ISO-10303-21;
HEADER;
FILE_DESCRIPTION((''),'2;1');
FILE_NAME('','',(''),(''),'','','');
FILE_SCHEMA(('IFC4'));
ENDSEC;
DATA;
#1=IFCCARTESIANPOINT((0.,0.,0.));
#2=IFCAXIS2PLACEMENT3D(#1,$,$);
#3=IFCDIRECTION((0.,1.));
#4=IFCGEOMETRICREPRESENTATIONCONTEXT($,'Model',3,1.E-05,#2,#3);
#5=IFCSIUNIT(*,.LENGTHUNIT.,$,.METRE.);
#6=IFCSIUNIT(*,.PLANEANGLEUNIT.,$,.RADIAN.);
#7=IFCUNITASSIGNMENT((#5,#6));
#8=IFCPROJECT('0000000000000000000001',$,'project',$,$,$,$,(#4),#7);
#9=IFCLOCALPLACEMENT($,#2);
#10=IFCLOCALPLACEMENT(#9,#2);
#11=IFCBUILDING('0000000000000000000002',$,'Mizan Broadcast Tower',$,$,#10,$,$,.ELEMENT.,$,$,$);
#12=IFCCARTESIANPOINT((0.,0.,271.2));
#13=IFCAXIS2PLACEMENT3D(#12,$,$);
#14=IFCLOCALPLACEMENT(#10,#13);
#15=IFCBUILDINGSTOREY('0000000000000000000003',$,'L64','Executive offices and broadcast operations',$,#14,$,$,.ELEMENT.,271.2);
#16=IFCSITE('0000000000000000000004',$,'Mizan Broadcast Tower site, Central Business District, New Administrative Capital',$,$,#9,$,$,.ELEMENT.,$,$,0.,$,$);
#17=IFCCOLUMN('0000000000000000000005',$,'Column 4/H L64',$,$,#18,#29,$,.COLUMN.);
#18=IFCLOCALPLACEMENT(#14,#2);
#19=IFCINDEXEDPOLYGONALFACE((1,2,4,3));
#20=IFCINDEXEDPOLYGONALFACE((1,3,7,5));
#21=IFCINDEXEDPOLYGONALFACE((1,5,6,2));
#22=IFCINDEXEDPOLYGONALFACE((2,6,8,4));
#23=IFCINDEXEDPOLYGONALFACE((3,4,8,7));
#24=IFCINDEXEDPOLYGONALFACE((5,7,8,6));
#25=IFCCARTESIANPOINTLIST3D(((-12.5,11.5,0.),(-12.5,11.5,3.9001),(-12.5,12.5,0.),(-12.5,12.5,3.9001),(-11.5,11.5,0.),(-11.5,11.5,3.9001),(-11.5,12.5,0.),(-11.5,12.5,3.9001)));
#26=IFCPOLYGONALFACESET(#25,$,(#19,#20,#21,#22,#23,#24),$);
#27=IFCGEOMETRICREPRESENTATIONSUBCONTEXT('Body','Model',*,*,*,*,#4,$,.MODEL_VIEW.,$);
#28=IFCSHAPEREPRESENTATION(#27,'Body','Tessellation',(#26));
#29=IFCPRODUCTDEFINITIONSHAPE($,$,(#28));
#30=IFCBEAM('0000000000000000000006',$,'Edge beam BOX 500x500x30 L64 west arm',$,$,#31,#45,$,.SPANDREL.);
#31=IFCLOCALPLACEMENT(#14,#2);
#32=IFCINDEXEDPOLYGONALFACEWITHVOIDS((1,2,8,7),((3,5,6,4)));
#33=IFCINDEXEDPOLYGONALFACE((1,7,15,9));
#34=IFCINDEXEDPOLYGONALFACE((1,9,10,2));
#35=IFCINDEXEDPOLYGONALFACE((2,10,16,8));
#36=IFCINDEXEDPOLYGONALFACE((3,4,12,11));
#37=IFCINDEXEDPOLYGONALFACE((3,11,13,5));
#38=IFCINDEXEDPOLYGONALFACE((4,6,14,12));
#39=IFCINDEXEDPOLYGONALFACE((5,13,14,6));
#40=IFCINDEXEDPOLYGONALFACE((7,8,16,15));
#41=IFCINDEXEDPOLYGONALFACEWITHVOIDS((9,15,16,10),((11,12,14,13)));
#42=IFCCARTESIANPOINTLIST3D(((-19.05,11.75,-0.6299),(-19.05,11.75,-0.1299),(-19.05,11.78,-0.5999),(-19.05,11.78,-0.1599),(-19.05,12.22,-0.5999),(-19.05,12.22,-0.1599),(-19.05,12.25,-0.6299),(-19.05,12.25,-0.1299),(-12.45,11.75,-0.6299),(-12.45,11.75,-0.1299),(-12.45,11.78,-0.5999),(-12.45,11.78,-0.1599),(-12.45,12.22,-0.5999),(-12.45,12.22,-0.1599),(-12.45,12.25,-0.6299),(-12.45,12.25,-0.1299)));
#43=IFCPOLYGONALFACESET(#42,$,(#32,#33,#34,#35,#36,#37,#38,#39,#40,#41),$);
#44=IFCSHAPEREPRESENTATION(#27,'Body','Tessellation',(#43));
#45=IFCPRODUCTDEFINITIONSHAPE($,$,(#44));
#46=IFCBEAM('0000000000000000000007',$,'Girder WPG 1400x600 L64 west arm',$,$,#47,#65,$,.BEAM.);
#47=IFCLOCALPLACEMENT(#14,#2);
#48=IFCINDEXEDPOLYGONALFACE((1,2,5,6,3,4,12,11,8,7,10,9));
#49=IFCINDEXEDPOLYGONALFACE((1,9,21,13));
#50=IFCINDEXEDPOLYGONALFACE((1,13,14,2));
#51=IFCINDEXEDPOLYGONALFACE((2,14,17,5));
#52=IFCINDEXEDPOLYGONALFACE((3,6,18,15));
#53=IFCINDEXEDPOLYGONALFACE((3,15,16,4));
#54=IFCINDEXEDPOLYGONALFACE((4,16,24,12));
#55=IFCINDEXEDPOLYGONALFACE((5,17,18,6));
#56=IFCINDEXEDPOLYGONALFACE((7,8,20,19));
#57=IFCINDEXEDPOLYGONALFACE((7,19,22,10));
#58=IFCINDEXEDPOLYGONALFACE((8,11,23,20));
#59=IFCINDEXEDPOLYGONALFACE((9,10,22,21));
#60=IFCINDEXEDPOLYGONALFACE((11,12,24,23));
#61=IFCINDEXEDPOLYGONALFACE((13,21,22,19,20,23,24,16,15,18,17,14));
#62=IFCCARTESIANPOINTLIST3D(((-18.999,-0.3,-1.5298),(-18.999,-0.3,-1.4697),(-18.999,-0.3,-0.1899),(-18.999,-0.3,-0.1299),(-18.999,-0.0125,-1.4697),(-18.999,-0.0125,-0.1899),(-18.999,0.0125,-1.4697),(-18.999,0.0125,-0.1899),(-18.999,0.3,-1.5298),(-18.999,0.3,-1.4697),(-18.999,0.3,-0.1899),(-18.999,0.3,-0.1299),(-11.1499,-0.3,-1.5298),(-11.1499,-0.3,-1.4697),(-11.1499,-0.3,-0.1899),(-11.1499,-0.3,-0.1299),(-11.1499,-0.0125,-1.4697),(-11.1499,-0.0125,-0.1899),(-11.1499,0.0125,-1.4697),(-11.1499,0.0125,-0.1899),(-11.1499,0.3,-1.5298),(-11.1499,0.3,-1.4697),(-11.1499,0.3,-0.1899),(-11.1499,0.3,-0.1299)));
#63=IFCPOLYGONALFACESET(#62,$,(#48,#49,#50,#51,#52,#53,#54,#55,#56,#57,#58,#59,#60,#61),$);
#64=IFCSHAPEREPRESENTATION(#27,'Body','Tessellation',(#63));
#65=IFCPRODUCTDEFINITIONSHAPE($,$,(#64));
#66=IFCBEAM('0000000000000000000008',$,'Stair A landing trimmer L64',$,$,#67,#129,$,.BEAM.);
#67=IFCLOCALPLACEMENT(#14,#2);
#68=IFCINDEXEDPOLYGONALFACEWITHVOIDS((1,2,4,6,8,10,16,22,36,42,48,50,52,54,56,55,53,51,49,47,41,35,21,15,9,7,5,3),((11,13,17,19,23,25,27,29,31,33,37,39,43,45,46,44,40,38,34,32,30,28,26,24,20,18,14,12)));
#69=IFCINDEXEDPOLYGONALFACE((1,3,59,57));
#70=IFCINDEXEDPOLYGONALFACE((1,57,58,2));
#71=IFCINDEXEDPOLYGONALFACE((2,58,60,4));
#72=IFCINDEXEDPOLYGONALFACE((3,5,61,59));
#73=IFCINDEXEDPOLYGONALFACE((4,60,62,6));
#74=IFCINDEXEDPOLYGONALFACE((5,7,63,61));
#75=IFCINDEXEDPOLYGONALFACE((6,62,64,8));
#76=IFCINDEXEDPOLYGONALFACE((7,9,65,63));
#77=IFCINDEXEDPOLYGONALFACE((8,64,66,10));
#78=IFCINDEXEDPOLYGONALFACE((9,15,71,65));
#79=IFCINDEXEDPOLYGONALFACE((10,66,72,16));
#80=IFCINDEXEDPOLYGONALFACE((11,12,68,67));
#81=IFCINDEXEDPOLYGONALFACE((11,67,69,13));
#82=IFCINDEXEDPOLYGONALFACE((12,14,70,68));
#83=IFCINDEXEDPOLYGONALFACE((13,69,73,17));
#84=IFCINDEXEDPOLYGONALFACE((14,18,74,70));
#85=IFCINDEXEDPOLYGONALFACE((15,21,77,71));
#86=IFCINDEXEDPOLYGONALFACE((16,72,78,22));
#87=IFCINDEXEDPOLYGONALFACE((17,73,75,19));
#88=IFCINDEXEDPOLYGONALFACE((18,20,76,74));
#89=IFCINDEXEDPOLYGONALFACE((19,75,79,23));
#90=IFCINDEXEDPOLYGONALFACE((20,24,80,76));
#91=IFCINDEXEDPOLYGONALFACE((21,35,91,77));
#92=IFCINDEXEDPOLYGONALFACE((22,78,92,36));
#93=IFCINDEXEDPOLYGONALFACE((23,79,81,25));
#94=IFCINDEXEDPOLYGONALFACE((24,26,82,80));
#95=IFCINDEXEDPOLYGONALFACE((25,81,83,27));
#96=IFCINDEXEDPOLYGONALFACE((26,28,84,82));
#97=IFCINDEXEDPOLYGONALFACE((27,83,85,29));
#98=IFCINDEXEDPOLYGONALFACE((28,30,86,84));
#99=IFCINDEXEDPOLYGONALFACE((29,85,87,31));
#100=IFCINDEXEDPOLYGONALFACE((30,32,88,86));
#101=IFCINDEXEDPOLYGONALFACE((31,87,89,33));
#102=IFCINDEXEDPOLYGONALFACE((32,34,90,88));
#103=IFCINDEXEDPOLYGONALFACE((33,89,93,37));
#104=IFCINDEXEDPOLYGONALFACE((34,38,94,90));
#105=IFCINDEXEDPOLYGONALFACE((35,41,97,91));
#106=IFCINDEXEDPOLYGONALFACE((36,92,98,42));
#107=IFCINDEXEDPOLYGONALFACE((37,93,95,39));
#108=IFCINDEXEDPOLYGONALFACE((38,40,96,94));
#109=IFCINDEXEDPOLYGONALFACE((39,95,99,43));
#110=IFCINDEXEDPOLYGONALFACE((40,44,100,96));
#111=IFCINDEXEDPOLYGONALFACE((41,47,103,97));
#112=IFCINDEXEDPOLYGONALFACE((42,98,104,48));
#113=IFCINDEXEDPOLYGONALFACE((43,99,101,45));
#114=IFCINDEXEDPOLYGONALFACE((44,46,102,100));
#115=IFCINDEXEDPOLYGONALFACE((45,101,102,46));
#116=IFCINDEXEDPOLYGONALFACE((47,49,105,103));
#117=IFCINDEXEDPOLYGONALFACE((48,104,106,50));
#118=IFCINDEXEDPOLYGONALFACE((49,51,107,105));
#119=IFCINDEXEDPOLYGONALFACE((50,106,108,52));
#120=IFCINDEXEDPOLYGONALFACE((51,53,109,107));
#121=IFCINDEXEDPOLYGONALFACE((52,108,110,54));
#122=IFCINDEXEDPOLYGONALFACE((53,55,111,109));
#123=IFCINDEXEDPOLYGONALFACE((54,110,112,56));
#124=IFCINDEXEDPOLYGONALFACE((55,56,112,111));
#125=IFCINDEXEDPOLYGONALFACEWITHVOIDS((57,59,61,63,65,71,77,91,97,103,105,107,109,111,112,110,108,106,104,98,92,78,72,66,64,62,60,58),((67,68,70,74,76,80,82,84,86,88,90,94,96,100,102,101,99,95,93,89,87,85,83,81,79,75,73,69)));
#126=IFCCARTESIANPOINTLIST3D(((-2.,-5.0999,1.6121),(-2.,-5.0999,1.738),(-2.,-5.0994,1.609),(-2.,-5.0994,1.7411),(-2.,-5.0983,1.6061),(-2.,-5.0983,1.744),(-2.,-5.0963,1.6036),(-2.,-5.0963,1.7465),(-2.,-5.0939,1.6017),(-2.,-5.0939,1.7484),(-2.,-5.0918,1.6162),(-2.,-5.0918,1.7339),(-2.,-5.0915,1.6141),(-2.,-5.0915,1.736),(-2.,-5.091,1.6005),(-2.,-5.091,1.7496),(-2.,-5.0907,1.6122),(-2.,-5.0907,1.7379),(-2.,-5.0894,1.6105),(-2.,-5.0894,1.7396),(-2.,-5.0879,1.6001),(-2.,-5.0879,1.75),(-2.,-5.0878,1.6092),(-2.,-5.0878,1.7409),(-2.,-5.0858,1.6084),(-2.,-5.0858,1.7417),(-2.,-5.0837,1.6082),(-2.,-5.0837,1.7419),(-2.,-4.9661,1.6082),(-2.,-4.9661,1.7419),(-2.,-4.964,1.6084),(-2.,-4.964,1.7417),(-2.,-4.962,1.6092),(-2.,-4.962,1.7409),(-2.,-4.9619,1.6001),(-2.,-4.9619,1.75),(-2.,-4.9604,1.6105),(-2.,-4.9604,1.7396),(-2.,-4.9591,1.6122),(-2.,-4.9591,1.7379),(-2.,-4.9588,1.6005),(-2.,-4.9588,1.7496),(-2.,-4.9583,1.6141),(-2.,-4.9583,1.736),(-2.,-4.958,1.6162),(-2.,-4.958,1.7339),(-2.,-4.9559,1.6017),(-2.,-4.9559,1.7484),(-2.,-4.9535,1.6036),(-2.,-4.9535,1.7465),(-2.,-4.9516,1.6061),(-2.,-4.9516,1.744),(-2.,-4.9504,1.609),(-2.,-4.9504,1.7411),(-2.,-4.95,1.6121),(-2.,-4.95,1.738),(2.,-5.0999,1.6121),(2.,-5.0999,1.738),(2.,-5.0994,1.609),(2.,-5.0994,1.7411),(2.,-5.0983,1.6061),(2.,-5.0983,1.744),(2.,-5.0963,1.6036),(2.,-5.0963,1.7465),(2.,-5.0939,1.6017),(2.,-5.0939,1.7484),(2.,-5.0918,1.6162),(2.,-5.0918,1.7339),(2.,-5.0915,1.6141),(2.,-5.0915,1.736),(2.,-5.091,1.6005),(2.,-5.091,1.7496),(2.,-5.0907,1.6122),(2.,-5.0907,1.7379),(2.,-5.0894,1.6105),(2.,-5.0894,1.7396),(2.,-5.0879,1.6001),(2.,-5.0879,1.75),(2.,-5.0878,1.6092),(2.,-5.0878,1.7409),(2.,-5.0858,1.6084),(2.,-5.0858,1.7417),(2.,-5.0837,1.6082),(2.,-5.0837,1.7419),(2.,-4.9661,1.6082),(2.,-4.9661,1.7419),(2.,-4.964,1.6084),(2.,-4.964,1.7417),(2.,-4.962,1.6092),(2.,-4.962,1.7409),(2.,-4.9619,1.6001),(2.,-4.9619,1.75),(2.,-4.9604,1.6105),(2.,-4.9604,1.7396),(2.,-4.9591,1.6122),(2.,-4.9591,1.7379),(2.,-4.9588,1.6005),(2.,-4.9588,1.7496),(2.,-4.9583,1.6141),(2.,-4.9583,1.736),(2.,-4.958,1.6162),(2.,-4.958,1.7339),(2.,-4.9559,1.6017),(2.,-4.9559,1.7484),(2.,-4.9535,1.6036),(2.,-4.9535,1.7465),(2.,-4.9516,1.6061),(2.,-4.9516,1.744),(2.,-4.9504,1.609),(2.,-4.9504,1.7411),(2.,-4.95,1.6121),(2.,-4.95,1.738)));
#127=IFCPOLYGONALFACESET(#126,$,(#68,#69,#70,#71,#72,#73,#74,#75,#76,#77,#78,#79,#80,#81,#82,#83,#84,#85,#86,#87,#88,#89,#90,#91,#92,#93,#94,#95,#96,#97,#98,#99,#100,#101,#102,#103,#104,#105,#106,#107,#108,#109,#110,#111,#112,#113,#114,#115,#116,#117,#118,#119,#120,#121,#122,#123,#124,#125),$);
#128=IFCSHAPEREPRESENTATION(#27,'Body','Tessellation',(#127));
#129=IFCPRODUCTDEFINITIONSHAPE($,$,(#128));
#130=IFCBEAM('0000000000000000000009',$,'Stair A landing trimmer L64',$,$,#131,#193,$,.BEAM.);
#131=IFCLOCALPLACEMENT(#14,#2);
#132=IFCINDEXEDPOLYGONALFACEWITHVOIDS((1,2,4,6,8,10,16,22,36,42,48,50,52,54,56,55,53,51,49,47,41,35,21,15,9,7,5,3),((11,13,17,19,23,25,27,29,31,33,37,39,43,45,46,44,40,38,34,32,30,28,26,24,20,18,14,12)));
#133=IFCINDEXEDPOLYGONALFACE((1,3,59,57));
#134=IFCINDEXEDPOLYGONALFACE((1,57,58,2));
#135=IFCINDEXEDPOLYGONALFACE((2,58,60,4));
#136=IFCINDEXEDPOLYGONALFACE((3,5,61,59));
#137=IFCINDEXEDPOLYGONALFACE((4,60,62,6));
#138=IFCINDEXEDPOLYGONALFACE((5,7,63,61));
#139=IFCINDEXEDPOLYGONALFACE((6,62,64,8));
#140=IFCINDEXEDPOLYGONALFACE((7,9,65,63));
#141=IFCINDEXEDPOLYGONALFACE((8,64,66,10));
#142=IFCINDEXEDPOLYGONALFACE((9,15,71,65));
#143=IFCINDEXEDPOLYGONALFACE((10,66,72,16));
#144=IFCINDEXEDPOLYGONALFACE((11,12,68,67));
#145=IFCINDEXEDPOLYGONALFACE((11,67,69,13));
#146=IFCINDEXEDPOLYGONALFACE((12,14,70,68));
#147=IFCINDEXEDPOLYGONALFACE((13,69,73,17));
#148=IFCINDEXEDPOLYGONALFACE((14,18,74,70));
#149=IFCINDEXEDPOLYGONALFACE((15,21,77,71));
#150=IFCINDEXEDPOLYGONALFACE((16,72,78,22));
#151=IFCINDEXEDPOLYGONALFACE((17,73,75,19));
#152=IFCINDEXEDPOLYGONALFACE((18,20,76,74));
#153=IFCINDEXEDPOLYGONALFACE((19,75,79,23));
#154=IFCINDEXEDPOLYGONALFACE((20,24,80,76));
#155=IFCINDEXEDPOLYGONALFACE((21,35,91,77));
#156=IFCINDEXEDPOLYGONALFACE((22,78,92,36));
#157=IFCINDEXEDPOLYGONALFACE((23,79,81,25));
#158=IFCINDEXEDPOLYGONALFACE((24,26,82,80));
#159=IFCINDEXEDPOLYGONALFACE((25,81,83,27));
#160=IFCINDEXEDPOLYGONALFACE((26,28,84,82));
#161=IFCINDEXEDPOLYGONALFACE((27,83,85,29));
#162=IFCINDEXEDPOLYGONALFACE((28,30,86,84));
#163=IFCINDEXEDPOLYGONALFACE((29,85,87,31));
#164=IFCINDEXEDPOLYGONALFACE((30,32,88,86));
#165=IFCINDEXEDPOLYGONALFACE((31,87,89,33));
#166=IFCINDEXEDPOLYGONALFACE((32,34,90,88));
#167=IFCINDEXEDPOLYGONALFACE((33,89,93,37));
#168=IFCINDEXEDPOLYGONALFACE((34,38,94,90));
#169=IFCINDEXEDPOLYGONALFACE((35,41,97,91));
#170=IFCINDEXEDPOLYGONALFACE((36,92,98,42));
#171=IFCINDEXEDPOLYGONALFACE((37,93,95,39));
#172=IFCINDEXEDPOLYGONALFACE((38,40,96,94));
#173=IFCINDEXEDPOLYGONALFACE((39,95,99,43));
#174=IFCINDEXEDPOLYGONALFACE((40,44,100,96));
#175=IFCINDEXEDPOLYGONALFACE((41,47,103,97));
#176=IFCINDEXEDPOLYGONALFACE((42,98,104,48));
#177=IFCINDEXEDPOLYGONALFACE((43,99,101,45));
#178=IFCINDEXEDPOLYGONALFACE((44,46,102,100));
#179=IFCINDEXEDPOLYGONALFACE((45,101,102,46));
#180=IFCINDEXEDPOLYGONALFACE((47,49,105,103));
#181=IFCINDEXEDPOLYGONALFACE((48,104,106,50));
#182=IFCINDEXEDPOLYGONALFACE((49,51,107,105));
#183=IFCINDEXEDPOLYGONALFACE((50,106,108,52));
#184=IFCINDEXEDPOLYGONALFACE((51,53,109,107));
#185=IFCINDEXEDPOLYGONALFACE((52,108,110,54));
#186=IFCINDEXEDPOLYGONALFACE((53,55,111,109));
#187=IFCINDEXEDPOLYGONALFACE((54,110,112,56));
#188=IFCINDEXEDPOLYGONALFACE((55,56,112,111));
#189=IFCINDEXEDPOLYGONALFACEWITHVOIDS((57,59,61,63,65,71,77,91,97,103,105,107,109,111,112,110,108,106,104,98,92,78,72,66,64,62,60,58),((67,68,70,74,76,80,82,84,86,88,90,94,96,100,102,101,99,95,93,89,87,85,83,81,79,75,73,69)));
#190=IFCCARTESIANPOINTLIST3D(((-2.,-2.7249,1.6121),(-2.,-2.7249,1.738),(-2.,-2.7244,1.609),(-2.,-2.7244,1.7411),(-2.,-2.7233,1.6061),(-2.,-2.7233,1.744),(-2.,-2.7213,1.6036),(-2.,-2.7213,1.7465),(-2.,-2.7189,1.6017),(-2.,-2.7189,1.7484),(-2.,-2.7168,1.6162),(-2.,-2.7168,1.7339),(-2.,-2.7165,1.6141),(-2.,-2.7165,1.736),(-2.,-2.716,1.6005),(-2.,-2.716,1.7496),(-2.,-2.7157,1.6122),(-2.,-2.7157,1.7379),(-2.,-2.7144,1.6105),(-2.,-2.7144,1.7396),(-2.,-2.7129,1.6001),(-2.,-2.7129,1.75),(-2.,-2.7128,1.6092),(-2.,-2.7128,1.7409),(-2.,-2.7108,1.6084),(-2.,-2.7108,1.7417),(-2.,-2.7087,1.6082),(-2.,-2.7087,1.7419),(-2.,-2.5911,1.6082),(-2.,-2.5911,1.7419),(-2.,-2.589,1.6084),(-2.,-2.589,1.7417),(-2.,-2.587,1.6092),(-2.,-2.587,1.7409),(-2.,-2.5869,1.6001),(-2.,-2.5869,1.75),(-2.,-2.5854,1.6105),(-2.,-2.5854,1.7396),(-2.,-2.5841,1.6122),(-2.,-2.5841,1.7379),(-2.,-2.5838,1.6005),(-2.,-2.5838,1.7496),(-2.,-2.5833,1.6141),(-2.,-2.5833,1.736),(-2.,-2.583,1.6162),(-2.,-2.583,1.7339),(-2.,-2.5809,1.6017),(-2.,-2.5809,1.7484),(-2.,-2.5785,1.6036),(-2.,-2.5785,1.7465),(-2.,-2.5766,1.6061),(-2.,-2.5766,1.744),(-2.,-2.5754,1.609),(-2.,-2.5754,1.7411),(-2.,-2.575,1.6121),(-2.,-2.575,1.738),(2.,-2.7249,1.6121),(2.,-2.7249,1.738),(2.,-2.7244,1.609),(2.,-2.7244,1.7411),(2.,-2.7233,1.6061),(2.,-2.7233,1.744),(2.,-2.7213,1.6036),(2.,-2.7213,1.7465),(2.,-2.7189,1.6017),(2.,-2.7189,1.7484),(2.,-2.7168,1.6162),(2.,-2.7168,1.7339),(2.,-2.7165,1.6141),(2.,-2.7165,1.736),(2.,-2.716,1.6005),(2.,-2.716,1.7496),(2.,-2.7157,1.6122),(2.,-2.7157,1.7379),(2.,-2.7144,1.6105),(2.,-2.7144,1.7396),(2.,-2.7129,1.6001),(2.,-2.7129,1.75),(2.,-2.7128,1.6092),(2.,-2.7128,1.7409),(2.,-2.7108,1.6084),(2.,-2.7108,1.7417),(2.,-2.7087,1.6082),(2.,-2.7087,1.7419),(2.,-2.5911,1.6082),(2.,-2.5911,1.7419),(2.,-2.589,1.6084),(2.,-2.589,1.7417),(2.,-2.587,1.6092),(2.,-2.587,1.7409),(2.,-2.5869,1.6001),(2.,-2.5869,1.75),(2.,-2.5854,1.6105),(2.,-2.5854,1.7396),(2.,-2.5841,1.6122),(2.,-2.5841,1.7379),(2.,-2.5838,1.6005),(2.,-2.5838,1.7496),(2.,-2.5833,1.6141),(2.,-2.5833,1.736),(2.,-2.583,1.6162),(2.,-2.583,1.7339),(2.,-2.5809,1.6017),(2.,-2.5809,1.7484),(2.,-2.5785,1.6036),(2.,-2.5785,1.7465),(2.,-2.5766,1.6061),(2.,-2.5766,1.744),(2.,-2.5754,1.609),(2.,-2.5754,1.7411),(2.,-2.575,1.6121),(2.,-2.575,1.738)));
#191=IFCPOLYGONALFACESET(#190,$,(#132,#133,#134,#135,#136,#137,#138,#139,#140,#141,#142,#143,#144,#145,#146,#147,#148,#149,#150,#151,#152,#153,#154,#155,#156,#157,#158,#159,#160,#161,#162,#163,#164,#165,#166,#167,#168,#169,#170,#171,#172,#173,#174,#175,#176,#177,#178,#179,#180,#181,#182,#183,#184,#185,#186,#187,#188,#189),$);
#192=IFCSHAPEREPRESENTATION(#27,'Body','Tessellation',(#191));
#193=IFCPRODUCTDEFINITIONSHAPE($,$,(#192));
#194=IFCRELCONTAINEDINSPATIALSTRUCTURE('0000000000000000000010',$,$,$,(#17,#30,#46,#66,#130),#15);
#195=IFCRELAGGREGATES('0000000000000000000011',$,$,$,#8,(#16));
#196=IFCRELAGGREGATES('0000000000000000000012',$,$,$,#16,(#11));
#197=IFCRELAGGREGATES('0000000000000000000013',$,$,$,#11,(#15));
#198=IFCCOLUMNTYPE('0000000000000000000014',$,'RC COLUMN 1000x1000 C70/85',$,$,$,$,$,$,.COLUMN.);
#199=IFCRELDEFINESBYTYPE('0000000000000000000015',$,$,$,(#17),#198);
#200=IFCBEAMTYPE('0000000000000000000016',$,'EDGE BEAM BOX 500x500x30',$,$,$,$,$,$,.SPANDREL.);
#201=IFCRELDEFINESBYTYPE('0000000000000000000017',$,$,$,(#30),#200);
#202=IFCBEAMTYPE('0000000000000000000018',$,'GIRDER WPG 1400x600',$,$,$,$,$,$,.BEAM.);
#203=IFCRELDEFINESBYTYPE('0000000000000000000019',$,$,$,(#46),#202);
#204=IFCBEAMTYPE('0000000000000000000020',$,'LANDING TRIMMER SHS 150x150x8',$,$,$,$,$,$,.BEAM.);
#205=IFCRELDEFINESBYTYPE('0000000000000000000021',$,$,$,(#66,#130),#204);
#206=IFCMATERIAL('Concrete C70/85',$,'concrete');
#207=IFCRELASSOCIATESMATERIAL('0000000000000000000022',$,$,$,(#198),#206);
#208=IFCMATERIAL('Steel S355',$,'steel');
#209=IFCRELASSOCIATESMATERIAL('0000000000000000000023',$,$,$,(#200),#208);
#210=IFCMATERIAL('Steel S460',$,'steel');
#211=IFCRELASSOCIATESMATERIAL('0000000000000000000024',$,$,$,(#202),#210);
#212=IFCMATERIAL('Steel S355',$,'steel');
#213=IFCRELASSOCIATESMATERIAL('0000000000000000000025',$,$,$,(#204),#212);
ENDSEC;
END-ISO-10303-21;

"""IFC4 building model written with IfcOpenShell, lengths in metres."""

from ifc_helpers import new_model, si_unit, direction, frame, origin, origin_2d, place, context, subcontext, project, spatial, rectangle, hollow_rectangle, i_section, extrude, material, material_profile, profile_set, type_object, element, save


model = new_model("IFC4")

# Units and contexts
model_context = context("Model", 3, precision=1e-05, world=origin(), true_north=direction((0.0, 1.0)))
body_context = subcontext(model_context, "Body", "Model", "MODEL_VIEW")
ifc_project = project(units=[si_unit("LENGTHUNIT", "METRE"), si_unit("PLANEANGLEUNIT", "RADIAN")], contexts=[model_context])

# Site, building, storey
site_placement = place(None, origin())
site = spatial("IfcSite", under=ifc_project, at=site_placement, Name="Mizan Broadcast Tower site, Central Business District, New Administrative Capital", CompositionType="ELEMENT", RefElevation=0.0)
building_placement = place(site_placement, origin())
building = spatial("IfcBuilding", under=site, at=building_placement, Name="Mizan Broadcast Tower", CompositionType="ELEMENT")
storey_placement = place(building_placement, frame((0.0, 0.0, 271.2)))
storey = spatial("IfcBuildingStorey", under=building, at=storey_placement, Name="L64", Description="Executive offices and broadcast operations", CompositionType="ELEMENT", Elevation=271.2)

# Column
ifc_material_1 = material(Name="Concrete C70/85", Category="concrete")
ifc_material_profile_1 = material_profile(ifc_material_1, rectangle(XDim=1.0, YDim=1.0, at=origin_2d()), Name="RC 1000x1000")
ifc_profile_set_1 = profile_set([ifc_material_profile_1], Name="Concrete C70/85")
column_type = type_object("IfcColumnType", Name="RC COLUMN 1000x1000 C70/85", PredefinedType="COLUMN", material=ifc_profile_set_1)
column_placement = place(storey_placement, frame((-12.0, 12.0, 0.0), z_axis=(0.0, 0.0, 1.0), x_axis=(1.0, 0.0, 0.0)))
element("IfcColumn", 1, at=column_placement, inside=storey, type_object=column_type, Name="Column 4/H L64", PredefinedType="COLUMN", context=body_context, shape_type="SweptSolid", body=[
    extrude(rectangle(XDim=1.0, YDim=1.0, at=origin_2d()), origin(), (0.0, 0.0, 1.0), 3.9001),
])

# Beams
ifc_material_2 = material(Name="Steel S355", Category="steel")
ifc_material_profile_2 = material_profile(ifc_material_2, hollow_rectangle(XDim=0.5, YDim=0.5, WallThickness=0.03, at=origin_2d()), Name="BOX 500x500x30")
ifc_profile_set_2 = profile_set([ifc_material_profile_2], Name="Steel S355")
beam_type_1 = type_object("IfcBeamType", Name="EDGE BEAM BOX 500x500x30", PredefinedType="SPANDREL", material=ifc_profile_set_2)
beam_1_placement = place(storey_placement, frame((-12.45, 12.0, -0.3799), z_axis=(-1.0, 0.0, 0.0), x_axis=(0.0, -1.0, 0.0)))
element("IfcBeam", 2, at=beam_1_placement, inside=storey, type_object=beam_type_1, Name="Edge beam BOX 500x500x30 L64 west arm", PredefinedType="SPANDREL", context=body_context, shape_type="SweptSolid", body=[
    extrude(hollow_rectangle(XDim=0.5, YDim=0.5, WallThickness=0.03, at=origin_2d()), origin(), (0.0, 0.0, 1.0), 6.6001),
])
ifc_material_3 = material(Name="Steel S460", Category="steel")
ifc_material_profile_3 = material_profile(ifc_material_3, i_section(OverallWidth=0.6001, OverallDepth=1.3999, WebThickness=0.0249, FlangeThickness=0.0601, at=origin_2d()), Name="WPG 1400x600")
ifc_profile_set_3 = profile_set([ifc_material_profile_3], Name="Steel S460")
beam_type_2 = type_object("IfcBeamType", Name="GIRDER WPG 1400x600", PredefinedType="BEAM", material=ifc_profile_set_3)
beam_2_placement = place(storey_placement, frame((-11.1499, 0.0, -0.8298), z_axis=(-1.0, 0.0, 0.0), x_axis=(0.0, -1.0, 0.0)))
element("IfcBeam", 3, at=beam_2_placement, inside=storey, type_object=beam_type_2, Name="Girder WPG 1400x600 L64 west arm", PredefinedType="BEAM", context=body_context, shape_type="SweptSolid", body=[
    extrude(i_section(OverallWidth=0.6001, OverallDepth=1.3999, WebThickness=0.0249, FlangeThickness=0.0601, at=origin_2d()), origin(), (0.0, 0.0, 1.0), 7.8491),
])
ifc_material_4 = material(Name="Steel S355", Category="steel")
ifc_material_profile_4 = material_profile(ifc_material_4, hollow_rectangle(XDim=0.1499, YDim=0.1499, WallThickness=0.0081, InnerFilletRadius=0.0081, OuterFilletRadius=0.012, at=origin_2d()), Name="SHS 150x150x8")
ifc_profile_set_4 = profile_set([ifc_material_profile_4], Name="Steel S355")
beam_type_3 = type_object("IfcBeamType", Name="LANDING TRIMMER SHS 150x150x8", PredefinedType="BEAM", material=ifc_profile_set_4)
for number, where, z_axis, x_axis, name in (
    (4, (-2.0, -5.0249, 1.675), (1.0, 0.0, 0.0), (0.0, 1.0, 0.0), "Stair A landing trimmer L64"),
    (5, (-2.0, -2.6499, 1.675), (1.0, 0.0, 0.0), (0.0, 1.0, 0.0), "Stair A landing trimmer L64"),
):
    element("IfcBeam", number, at=place(storey_placement, frame(where, z_axis=z_axis, x_axis=x_axis)), inside=storey, type_object=beam_type_3, Name=name, PredefinedType="BEAM", context=body_context, shape_type="SweptSolid", body=[
        extrude(hollow_rectangle(XDim=0.1499, YDim=0.1499, WallThickness=0.0081, InnerFilletRadius=0.0081, OuterFilletRadius=0.012, at=origin_2d()), origin(), (0.0, 0.0, 1.0), 4.0),
    ])

save(model, "model.ifc")
